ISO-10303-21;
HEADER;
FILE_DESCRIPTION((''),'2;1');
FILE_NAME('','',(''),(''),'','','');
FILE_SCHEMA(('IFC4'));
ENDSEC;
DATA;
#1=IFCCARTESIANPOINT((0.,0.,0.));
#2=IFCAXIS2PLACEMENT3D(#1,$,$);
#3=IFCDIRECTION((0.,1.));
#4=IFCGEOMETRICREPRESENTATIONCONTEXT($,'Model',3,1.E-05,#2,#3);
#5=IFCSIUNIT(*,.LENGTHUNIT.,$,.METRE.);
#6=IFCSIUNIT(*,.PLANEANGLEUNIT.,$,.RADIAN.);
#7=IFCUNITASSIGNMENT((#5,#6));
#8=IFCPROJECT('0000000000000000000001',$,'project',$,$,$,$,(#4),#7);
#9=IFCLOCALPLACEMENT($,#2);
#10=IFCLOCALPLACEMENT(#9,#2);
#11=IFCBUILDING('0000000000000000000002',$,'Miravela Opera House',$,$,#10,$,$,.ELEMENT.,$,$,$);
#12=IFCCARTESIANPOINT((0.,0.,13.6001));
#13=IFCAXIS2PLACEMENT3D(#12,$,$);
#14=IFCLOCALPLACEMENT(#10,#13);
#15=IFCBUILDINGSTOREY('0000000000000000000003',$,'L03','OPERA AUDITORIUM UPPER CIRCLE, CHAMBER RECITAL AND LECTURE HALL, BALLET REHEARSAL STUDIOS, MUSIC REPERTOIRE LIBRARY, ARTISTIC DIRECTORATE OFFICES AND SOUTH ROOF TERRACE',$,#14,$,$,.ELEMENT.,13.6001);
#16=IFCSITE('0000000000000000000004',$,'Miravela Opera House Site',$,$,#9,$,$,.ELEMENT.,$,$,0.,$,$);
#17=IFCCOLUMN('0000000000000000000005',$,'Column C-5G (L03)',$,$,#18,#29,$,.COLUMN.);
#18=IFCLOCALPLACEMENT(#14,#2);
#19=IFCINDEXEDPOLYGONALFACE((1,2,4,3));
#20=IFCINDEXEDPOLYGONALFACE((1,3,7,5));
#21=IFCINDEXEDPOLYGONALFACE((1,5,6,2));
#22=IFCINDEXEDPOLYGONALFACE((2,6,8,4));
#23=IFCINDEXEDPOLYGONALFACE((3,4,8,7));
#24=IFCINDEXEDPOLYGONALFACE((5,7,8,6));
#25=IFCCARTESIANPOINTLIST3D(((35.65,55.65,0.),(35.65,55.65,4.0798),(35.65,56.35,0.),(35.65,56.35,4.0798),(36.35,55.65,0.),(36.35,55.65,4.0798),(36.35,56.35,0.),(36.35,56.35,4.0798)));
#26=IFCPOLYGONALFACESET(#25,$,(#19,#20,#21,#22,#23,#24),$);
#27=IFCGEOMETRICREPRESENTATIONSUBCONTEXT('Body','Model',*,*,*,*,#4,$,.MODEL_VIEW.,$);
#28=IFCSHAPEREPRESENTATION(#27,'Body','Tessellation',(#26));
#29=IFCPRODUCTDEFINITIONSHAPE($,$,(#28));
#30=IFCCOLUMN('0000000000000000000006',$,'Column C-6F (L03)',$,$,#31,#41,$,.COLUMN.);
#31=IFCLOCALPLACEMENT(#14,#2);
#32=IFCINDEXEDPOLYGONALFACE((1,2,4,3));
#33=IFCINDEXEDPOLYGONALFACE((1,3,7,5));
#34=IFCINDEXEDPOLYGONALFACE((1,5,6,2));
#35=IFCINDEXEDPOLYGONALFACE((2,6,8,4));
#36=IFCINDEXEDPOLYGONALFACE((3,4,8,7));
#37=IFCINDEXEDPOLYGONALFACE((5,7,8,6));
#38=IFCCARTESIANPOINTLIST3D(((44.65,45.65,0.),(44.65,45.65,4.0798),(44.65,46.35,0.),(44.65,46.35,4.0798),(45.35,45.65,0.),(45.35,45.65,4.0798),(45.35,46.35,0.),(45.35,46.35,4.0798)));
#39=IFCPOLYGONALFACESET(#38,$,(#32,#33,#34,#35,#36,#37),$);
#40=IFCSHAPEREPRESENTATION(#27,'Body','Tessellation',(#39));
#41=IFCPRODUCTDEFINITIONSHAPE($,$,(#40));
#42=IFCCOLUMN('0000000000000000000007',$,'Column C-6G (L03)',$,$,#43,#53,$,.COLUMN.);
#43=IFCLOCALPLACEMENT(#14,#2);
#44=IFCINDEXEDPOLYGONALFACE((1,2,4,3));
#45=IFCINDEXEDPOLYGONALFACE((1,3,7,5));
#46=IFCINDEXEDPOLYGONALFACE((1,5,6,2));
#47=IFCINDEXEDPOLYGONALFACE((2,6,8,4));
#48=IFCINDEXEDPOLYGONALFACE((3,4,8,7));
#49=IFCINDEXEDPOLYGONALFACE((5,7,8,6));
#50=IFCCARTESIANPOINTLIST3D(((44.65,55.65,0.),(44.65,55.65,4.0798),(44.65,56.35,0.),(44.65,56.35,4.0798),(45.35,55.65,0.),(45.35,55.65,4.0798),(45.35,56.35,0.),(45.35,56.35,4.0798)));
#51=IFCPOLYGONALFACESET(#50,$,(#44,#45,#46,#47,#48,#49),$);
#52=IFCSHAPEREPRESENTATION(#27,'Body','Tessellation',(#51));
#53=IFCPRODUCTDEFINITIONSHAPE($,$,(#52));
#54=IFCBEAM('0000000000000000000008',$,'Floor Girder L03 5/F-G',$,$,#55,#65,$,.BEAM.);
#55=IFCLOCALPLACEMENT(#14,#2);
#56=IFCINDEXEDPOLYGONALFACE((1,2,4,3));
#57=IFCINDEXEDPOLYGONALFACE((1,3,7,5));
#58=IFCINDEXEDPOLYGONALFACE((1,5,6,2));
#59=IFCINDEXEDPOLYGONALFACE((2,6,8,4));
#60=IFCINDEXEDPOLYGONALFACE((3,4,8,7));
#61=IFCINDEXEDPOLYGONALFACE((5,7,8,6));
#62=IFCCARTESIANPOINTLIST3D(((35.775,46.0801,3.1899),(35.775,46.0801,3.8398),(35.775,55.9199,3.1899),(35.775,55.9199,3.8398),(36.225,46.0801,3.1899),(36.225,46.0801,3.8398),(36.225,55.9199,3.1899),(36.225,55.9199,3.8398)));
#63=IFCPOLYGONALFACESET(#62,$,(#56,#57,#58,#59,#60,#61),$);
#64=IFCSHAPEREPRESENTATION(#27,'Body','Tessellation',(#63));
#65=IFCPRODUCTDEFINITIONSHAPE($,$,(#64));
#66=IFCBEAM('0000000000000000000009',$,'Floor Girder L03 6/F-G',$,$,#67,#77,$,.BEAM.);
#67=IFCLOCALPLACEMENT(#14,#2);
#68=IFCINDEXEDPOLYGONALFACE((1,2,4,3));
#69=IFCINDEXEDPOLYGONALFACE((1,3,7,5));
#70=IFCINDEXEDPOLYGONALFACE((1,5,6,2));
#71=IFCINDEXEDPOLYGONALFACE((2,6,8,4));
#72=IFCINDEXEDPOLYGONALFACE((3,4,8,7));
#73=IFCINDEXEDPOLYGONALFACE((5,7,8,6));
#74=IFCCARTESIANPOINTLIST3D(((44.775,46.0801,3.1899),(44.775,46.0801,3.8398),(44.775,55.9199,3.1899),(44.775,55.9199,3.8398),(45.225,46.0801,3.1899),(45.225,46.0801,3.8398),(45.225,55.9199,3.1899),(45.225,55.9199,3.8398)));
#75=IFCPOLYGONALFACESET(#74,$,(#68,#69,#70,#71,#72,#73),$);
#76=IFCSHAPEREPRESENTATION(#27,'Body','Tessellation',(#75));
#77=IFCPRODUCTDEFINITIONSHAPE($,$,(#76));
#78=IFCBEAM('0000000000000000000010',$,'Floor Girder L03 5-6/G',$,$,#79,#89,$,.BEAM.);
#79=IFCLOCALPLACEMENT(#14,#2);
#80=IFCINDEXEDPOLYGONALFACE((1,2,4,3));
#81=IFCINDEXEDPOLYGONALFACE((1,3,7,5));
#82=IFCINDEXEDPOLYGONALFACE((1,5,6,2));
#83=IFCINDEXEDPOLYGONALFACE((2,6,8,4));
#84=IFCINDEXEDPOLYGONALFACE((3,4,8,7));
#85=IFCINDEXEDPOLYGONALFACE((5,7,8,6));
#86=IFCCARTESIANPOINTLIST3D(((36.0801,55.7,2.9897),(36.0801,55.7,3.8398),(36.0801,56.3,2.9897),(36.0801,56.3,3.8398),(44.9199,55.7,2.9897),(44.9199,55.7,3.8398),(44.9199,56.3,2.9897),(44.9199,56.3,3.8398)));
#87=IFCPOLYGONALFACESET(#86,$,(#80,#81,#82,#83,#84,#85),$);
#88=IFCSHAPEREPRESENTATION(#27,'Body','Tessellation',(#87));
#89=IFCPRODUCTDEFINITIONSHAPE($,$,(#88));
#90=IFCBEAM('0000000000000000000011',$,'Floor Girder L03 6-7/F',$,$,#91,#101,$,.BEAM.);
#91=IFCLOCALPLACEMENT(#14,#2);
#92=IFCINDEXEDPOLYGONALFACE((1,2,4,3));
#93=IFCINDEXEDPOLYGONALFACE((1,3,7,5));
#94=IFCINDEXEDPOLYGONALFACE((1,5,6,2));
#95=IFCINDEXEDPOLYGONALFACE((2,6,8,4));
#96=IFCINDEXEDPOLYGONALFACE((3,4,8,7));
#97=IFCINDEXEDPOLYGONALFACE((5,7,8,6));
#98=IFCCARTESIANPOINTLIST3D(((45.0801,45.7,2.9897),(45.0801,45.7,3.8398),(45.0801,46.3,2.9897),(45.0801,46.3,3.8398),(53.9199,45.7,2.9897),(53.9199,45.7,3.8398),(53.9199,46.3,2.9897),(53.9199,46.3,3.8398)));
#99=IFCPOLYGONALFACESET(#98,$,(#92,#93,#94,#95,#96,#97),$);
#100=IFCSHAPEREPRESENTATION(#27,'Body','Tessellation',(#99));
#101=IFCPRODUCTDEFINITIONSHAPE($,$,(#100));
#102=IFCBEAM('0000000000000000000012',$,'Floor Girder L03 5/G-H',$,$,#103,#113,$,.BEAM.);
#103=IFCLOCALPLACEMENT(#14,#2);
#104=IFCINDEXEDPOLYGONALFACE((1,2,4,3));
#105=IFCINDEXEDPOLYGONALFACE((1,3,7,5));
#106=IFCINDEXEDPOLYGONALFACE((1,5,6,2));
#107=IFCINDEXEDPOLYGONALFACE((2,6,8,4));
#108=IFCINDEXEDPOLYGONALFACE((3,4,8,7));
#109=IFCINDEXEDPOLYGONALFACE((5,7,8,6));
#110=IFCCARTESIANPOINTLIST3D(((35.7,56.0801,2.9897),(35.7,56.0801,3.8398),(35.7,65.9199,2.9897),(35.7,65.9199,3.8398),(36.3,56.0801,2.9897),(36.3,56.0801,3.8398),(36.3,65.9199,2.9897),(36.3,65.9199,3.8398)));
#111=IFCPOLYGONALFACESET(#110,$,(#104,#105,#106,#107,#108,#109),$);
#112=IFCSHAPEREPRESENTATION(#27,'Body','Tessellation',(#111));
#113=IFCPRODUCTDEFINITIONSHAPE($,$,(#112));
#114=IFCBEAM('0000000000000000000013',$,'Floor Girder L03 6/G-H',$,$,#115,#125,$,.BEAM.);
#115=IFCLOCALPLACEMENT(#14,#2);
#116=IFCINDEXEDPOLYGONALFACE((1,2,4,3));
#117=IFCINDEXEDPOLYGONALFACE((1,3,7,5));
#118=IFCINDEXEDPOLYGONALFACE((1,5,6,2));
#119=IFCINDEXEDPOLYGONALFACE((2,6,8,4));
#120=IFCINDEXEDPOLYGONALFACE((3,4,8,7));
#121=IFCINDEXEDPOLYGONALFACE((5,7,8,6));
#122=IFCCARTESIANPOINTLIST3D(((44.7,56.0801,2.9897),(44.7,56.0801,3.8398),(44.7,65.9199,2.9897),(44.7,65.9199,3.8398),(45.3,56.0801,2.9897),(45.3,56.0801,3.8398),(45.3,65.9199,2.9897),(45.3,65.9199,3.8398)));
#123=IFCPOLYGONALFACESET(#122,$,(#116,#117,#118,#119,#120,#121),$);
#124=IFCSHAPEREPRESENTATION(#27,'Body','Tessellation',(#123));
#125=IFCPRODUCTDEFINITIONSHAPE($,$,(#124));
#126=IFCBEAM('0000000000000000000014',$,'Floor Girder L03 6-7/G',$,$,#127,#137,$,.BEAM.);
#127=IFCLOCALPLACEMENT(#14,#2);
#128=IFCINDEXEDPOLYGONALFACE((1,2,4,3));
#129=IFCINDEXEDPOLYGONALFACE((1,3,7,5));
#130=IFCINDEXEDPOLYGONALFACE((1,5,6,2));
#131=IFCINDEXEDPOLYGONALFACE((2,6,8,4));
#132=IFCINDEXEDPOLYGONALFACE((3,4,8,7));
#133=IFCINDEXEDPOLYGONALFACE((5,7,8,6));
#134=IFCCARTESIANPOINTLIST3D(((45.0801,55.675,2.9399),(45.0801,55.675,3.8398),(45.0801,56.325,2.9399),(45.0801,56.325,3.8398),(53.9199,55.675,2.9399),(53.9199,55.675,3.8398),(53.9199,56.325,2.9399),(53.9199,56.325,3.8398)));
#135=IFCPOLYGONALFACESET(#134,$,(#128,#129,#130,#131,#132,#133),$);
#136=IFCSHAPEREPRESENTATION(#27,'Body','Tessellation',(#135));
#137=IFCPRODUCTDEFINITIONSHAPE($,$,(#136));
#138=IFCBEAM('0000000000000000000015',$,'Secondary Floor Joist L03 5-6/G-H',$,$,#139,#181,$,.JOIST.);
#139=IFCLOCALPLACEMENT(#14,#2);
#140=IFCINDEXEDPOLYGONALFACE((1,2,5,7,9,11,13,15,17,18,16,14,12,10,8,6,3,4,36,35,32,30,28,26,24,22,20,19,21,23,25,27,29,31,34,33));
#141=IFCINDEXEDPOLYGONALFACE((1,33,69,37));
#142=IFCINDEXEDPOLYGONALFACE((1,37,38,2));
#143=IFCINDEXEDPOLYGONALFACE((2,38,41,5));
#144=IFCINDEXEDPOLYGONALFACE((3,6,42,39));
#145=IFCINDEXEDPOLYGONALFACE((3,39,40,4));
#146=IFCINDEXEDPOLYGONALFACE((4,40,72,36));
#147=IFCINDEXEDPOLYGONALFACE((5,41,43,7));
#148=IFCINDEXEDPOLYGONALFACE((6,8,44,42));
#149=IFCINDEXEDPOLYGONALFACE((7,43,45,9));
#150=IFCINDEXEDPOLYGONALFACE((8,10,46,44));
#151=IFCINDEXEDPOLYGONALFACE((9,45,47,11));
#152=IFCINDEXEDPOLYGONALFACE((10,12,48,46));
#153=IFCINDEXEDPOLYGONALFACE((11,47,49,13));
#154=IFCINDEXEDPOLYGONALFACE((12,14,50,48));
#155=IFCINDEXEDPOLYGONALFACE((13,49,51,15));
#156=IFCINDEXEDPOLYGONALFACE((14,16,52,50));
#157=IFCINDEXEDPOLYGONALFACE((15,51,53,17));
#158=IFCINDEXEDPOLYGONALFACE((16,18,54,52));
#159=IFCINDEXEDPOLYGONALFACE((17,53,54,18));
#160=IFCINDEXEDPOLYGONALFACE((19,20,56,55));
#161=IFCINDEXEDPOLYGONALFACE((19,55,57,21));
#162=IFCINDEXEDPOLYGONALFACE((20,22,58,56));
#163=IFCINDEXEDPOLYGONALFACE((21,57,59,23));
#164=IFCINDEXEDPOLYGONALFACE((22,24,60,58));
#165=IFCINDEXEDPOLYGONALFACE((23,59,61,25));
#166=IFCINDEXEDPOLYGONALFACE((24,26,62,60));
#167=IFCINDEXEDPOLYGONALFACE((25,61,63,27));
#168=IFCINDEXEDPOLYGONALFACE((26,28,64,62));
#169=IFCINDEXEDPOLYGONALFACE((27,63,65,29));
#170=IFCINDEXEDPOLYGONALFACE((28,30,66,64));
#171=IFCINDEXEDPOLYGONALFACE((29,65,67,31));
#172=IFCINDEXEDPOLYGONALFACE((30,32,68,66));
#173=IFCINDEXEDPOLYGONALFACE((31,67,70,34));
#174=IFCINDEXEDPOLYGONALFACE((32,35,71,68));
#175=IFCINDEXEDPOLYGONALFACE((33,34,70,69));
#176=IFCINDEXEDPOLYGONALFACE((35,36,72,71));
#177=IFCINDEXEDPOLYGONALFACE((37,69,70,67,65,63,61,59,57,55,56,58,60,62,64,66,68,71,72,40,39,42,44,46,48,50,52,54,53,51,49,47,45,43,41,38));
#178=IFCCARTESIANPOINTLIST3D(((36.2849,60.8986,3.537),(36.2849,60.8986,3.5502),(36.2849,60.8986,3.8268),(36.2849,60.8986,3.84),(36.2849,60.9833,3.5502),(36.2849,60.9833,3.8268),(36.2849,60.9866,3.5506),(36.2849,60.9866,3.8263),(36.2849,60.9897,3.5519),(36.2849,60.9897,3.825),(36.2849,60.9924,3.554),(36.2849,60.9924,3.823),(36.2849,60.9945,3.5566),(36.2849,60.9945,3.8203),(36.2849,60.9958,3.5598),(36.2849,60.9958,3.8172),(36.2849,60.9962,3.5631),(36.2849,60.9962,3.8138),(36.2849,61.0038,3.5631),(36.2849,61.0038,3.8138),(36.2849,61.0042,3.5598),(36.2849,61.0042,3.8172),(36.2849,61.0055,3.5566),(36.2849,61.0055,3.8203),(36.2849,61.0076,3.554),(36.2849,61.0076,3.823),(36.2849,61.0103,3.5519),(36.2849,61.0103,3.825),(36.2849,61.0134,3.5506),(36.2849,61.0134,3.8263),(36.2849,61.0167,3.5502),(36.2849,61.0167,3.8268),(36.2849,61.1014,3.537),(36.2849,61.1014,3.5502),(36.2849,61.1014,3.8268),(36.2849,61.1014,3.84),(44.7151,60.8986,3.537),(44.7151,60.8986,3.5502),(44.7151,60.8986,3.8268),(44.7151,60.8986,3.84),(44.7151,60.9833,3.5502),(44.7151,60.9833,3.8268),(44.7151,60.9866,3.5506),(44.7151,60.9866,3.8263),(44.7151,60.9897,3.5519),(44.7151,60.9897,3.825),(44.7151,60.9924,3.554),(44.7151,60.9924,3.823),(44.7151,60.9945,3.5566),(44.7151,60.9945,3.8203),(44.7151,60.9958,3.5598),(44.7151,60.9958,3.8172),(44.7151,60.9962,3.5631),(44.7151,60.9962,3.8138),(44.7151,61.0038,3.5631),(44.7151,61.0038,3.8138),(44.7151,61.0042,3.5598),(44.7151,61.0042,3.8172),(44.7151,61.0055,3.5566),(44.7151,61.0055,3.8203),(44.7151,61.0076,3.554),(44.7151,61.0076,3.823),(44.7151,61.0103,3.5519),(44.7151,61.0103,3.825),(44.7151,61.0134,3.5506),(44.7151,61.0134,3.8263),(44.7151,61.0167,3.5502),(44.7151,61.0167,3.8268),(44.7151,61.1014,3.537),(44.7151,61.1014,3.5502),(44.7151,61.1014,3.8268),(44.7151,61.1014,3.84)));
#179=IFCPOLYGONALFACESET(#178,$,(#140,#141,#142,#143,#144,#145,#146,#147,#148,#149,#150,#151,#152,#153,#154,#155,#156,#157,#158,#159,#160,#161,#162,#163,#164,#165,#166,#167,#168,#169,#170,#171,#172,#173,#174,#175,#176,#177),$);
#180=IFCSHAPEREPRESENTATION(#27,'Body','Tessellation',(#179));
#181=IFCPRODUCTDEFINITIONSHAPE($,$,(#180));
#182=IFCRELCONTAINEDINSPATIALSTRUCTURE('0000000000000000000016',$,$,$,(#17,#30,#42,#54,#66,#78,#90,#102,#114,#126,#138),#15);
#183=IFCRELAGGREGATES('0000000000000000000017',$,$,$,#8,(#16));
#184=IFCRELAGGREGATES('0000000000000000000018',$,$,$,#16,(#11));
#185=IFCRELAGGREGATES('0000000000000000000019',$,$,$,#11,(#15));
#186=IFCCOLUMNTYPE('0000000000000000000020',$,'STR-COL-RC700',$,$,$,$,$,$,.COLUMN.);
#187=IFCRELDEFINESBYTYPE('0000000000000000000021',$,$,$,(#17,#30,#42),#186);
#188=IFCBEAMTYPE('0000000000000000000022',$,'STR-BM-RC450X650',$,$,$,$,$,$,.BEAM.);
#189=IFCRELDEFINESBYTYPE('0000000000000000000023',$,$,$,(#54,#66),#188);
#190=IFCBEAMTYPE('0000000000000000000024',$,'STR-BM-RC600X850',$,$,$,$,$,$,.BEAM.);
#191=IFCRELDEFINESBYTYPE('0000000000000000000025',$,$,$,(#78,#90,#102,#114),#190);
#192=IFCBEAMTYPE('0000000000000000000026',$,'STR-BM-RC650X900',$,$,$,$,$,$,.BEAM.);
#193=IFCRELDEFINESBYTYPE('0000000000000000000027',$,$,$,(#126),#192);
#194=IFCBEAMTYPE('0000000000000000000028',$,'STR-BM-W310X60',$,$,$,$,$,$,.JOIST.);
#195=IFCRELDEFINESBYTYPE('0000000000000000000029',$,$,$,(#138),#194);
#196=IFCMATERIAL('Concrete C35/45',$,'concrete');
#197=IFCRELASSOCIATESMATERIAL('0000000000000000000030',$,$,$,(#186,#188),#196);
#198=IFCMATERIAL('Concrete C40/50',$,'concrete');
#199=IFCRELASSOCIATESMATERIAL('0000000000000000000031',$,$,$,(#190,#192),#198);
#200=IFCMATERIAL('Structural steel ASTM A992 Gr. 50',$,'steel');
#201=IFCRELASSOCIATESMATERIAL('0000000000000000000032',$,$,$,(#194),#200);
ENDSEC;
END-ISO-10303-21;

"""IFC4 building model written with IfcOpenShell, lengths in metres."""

from ifc_helpers import new_model, si_unit, direction, frame, origin, origin_2d, place, context, subcontext, project, spatial, rectangle, i_section, extrude, material, material_profile, profile_set, type_object, element, save


model = new_model("IFC4")

# Units and contexts
model_context = context("Model", 3, precision=1e-05, world=origin(), true_north=direction((0.0, 1.0)))
body_context = subcontext(model_context, "Body", "Model", "MODEL_VIEW")
ifc_project = project(units=[si_unit("LENGTHUNIT", "METRE"), si_unit("PLANEANGLEUNIT", "RADIAN")], contexts=[model_context])

# Site, building, storey
site_placement = place(None, origin())
site = spatial("IfcSite", under=ifc_project, at=site_placement, Name="Miravela Opera House Site", CompositionType="ELEMENT", RefElevation=0.0)
building_placement = place(site_placement, origin())
building = spatial("IfcBuilding", under=site, at=building_placement, Name="Miravela Opera House", CompositionType="ELEMENT")
storey_placement = place(building_placement, frame((0.0, 0.0, 13.6001)))
storey = spatial("IfcBuildingStorey", under=building, at=storey_placement, Name="L03", Description="OPERA AUDITORIUM UPPER CIRCLE, CHAMBER RECITAL AND LECTURE HALL, BALLET REHEARSAL STUDIOS, MUSIC REPERTOIRE LIBRARY, ARTISTIC DIRECTORATE OFFICES AND SOUTH ROOF TERRACE", CompositionType="ELEMENT", Elevation=13.6001)

# Columns
ifc_material_1 = material(Name="Concrete C35/45", Category="concrete")
ifc_material_profile_1 = material_profile(ifc_material_1, rectangle(XDim=0.7, YDim=0.7, at=origin_2d()), Name="RC-COL-700X700")
ifc_profile_set_1 = profile_set([ifc_material_profile_1])
column_type = type_object("IfcColumnType", Name="STR-COL-RC700", PredefinedType="COLUMN", material=ifc_profile_set_1)
for number, where, z_axis, x_axis, name in (
    (1, (36.0, 56.0, 0.0), (0.0, 0.0, 1.0), (1.0, 0.0, 0.0), "Column C-5G (L03)"),
    (2, (45.0, 46.0, 0.0), (0.0, 0.0, 1.0), (1.0, 0.0, 0.0), "Column C-6F (L03)"),
    (3, (45.0, 56.0, 0.0), (0.0, 0.0, 1.0), (1.0, 0.0, 0.0), "Column C-6G (L03)"),
):
    element("IfcColumn", number, at=place(storey_placement, frame(where, z_axis=z_axis, x_axis=x_axis)), inside=storey, type_object=column_type, Name=name, PredefinedType="COLUMN", context=body_context, shape_type="SweptSolid", body=[
        extrude(rectangle(XDim=0.7, YDim=0.7, at=origin_2d()), origin(), (0.0, 0.0, 1.0), 4.0798),
    ])

# Beams
ifc_material_profile_2 = material_profile(ifc_material_1, rectangle(XDim=0.45, YDim=0.6499, at=origin_2d()), Name="RC-BM-450X650")
ifc_profile_set_2 = profile_set([ifc_material_profile_2])
beam_type_1 = type_object("IfcBeamType", Name="STR-BM-RC450X650", PredefinedType="BEAM", material=ifc_profile_set_2)
for number, where, z_axis, x_axis, name in (
    (4, (36.0, 46.0801, 3.5149), (0.0, 1.0, 0.0), (-1.0, 0.0, 0.0), "Floor Girder L03 5/F-G"),
    (5, (45.0, 46.0801, 3.5149), (0.0, 1.0, 0.0), (-1.0, 0.0, 0.0), "Floor Girder L03 6/F-G"),
):
    element("IfcBeam", number, at=place(storey_placement, frame(where, z_axis=z_axis, x_axis=x_axis)), inside=storey, type_object=beam_type_1, Name=name, PredefinedType="BEAM", context=body_context, shape_type="SweptSolid", body=[
        extrude(rectangle(XDim=0.45, YDim=0.6499, at=origin_2d()), origin(), (0.0, 0.0, 1.0), 9.8398),
    ])
ifc_material_2 = material(Name="Concrete C40/50", Category="concrete")
ifc_material_profile_3 = material_profile(ifc_material_2, rectangle(XDim=0.6001, YDim=0.8501, at=origin_2d()), Name="RC-BM-600X850")
ifc_profile_set_3 = profile_set([ifc_material_profile_3])
beam_type_2 = type_object("IfcBeamType", Name="STR-BM-RC600X850", PredefinedType="BEAM", material=ifc_profile_set_3)
for number, where, z_axis, x_axis, name in (
    (6, (36.0801, 56.0, 3.4148), (1.0, 0.0, 0.0), (0.0, 1.0, 0.0), "Floor Girder L03 5-6/G"),
    (7, (45.0801, 46.0, 3.4148), (1.0, 0.0, 0.0), (0.0, 1.0, 0.0), "Floor Girder L03 6-7/F"),
):
    element("IfcBeam", number, at=place(storey_placement, frame(where, z_axis=z_axis, x_axis=x_axis)), inside=storey, type_object=beam_type_2, Name=name, PredefinedType="BEAM", context=body_context, shape_type="SweptSolid", body=[
        extrude(rectangle(XDim=0.6001, YDim=0.8501, at=origin_2d()), origin(), (0.0, 0.0, 1.0), 8.8398),
    ])
for number, where, z_axis, x_axis, name in (
    (8, (36.0, 56.0801, 3.4148), (0.0, 1.0, 0.0), (-1.0, 0.0, 0.0), "Floor Girder L03 5/G-H"),
    (9, (45.0, 56.0801, 3.4148), (0.0, 1.0, 0.0), (-1.0, 0.0, 0.0), "Floor Girder L03 6/G-H"),
):
    element("IfcBeam", number, at=place(storey_placement, frame(where, z_axis=z_axis, x_axis=x_axis)), inside=storey, type_object=beam_type_2, Name=name, PredefinedType="BEAM", context=body_context, shape_type="SweptSolid", body=[
        extrude(rectangle(XDim=0.6001, YDim=0.8501, at=origin_2d()), origin(), (0.0, 0.0, 1.0), 9.8398),
    ])
ifc_material_profile_4 = material_profile(ifc_material_2, rectangle(XDim=0.6499, YDim=0.8999, at=origin_2d()), Name="RC-BM-650X900")
ifc_profile_set_4 = profile_set([ifc_material_profile_4])
beam_type_3 = type_object("IfcBeamType", Name="STR-BM-RC650X900", PredefinedType="BEAM", material=ifc_profile_set_4)
beam_1_placement = place(storey_placement, frame((45.0801, 56.0, 3.3899), z_axis=(1.0, 0.0, 0.0), x_axis=(0.0, 1.0, 0.0)))
element("IfcBeam", 10, at=beam_1_placement, inside=storey, type_object=beam_type_3, Name="Floor Girder L03 6-7/G", PredefinedType="BEAM", context=body_context, shape_type="SweptSolid", body=[
    extrude(rectangle(XDim=0.6499, YDim=0.8999, at=origin_2d()), origin(), (0.0, 0.0, 1.0), 8.8398),
])
ifc_material_3 = material(Name="Structural steel ASTM A992 Gr. 50", Category="steel")
ifc_material_profile_5 = material_profile(ifc_material_3, i_section(OverallWidth=0.2029, OverallDepth=0.303, WebThickness=0.0076, FlangeThickness=0.0132, FilletRadius=0.0129, at=origin_2d()), Name="W310X60")
ifc_profile_set_5 = profile_set([ifc_material_profile_5])
beam_type_4 = type_object("IfcBeamType", Name="STR-BM-W310X60", PredefinedType="JOIST", material=ifc_profile_set_5)
beam_2_placement = place(storey_placement, frame((36.2849, 61.0, 3.6885), z_axis=(1.0, 0.0, 0.0), x_axis=(0.0, 1.0, 0.0)))
element("IfcBeam", 11, at=beam_2_placement, inside=storey, type_object=beam_type_4, Name="Secondary Floor Joist L03 5-6/G-H", PredefinedType="JOIST", context=body_context, shape_type="SweptSolid", body=[
    extrude(i_section(OverallWidth=0.2029, OverallDepth=0.303, WebThickness=0.0076, FlangeThickness=0.0132, FilletRadius=0.0129, at=origin_2d()), origin(), (0.0, 0.0, 1.0), 8.4302),
])

save(model, "model.ifc")
